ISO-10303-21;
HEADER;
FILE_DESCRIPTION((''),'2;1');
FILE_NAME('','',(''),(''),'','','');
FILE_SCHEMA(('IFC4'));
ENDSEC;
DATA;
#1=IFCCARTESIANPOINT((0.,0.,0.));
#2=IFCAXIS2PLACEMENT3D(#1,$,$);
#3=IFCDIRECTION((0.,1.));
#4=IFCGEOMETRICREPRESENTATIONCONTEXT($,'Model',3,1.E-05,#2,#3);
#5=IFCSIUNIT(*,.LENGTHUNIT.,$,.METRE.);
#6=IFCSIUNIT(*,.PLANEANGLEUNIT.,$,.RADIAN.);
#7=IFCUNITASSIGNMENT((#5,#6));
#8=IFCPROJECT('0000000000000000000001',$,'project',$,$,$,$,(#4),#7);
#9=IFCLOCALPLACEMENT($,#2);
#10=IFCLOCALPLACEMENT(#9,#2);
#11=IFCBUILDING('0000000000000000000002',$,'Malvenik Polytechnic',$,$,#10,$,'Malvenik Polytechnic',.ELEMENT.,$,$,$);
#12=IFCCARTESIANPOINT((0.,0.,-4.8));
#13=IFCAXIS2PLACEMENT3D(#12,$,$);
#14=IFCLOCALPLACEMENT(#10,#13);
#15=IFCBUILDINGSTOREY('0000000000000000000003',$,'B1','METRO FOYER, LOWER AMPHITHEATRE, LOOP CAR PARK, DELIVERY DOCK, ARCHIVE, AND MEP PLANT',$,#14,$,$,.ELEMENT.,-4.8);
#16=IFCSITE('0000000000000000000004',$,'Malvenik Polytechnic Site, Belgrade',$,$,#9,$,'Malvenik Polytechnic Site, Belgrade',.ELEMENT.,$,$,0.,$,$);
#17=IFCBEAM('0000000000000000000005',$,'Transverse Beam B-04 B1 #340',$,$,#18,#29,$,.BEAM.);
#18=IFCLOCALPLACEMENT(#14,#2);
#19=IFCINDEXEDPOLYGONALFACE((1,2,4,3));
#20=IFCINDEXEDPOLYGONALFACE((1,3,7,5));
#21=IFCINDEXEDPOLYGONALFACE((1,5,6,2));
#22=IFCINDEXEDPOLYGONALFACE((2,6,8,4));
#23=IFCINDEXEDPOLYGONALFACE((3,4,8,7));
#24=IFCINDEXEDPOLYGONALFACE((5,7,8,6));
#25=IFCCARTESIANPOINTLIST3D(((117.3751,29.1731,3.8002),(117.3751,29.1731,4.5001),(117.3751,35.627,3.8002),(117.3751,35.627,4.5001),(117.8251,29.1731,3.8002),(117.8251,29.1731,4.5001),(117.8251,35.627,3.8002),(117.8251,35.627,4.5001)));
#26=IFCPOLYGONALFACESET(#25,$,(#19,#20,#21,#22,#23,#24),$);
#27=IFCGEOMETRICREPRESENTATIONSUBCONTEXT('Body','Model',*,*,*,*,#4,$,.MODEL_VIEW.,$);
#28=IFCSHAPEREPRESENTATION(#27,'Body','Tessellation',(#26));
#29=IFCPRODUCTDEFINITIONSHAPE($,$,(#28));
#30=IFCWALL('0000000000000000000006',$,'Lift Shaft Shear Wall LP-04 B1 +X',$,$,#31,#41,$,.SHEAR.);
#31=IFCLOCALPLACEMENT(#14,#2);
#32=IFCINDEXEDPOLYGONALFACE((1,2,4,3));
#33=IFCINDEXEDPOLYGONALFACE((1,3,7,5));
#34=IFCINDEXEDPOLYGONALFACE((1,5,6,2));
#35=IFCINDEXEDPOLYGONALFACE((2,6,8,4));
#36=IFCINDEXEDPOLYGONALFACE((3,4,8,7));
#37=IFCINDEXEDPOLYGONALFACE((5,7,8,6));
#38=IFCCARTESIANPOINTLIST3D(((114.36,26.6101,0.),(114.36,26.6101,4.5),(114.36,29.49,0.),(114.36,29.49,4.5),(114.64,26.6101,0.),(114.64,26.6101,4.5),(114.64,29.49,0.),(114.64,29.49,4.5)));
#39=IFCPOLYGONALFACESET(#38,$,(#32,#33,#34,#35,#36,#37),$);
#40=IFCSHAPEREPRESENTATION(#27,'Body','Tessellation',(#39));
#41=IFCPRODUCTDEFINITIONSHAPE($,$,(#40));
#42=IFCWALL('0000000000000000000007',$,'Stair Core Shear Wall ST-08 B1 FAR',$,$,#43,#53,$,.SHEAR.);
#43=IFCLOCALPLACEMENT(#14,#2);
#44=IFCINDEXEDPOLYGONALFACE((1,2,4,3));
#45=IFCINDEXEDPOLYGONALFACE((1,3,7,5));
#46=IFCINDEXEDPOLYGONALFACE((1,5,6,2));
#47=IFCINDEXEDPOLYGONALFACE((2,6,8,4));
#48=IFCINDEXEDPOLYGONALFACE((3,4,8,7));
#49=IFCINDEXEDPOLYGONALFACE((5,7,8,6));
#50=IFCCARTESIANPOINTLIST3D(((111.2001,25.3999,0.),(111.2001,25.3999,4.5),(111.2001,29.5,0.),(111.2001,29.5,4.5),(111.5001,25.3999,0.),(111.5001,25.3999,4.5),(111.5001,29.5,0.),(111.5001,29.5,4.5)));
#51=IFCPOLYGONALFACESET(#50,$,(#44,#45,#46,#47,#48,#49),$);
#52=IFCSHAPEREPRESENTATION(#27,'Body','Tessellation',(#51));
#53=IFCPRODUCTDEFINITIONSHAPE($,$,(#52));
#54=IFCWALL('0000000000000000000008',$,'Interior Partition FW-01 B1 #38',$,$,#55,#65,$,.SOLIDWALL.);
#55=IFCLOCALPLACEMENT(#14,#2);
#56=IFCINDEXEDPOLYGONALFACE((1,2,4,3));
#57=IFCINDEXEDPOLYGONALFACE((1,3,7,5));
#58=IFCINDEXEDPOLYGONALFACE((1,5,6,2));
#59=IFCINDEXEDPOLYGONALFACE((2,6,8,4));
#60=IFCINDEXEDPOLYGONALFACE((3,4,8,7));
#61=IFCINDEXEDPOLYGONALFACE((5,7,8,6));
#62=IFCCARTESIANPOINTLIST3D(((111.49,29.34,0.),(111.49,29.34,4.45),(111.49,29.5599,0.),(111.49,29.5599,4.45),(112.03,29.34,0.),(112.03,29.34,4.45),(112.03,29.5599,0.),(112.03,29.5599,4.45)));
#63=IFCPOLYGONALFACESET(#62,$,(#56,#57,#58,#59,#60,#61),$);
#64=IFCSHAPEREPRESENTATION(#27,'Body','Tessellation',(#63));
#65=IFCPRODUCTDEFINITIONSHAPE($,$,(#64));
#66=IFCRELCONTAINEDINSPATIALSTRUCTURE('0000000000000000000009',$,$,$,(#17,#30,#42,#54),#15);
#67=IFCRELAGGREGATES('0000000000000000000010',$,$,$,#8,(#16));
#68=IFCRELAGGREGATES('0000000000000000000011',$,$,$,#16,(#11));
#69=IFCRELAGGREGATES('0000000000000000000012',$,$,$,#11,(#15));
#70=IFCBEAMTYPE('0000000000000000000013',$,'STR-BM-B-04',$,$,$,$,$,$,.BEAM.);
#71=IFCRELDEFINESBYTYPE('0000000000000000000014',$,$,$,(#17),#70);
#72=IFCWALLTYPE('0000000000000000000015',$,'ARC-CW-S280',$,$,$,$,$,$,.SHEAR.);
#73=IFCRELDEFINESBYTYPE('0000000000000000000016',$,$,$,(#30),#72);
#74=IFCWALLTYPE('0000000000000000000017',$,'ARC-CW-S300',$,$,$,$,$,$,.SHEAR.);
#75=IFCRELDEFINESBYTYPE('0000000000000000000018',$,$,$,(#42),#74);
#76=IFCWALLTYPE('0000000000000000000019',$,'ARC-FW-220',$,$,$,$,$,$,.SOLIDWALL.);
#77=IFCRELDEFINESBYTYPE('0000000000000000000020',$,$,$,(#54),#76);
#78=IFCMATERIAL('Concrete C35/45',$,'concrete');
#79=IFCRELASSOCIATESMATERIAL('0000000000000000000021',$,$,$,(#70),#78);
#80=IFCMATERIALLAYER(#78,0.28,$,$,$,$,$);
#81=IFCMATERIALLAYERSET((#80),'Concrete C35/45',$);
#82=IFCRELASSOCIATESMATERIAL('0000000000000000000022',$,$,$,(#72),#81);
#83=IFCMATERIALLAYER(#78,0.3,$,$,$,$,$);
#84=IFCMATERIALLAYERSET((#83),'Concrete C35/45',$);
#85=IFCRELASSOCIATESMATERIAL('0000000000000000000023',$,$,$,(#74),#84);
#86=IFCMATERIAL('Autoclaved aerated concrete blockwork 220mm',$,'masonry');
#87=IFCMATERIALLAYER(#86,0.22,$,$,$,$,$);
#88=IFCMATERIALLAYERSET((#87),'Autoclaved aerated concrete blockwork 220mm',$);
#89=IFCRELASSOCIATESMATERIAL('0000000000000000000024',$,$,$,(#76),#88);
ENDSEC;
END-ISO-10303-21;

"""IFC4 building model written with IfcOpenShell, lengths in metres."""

from ifc_helpers import new_model, si_unit, direction, frame, frame_2d, origin, origin_2d, place, context, subcontext, project, spatial, rectangle, extrude, material, layer, layer_set, material_profile, profile_set, type_object, element, save


model = new_model("IFC4")

# Units and contexts
model_context = context("Model", 3, precision=1e-05, world=origin(), true_north=direction((0.0, 1.0)))
body_context = subcontext(model_context, "Body", "Model", "MODEL_VIEW")
ifc_project = project(units=[si_unit("LENGTHUNIT", "METRE"), si_unit("PLANEANGLEUNIT", "RADIAN")], contexts=[model_context])

# Site, building, storey
site_placement = place(None, origin())
site = spatial("IfcSite", under=ifc_project, at=site_placement, Name="Malvenik Polytechnic Site, Belgrade", LongName="Malvenik Polytechnic Site, Belgrade", CompositionType="ELEMENT", RefElevation=0.0)
building_placement = place(site_placement, origin())
building = spatial("IfcBuilding", under=site, at=building_placement, Name="Malvenik Polytechnic", LongName="Malvenik Polytechnic", CompositionType="ELEMENT")
storey_placement = place(building_placement, frame((0.0, 0.0, -4.8)))
storey = spatial("IfcBuildingStorey", under=building, at=storey_placement, Name="B1", Description="METRO FOYER, LOWER AMPHITHEATRE, LOOP CAR PARK, DELIVERY DOCK, ARCHIVE, AND MEP PLANT", CompositionType="ELEMENT", Elevation=-4.8)

# Shared definitions
ifc_material_1 = material(Name="Concrete C35/45", Category="concrete")

# Beam
ifc_material_profile_1 = material_profile(ifc_material_1, rectangle(XDim=0.45, YDim=0.7, at=origin_2d()), Name="RC BM 450x700")
ifc_profile_set_1 = profile_set([ifc_material_profile_1], Name="Concrete C35/45")
beam_type_1 = type_object("IfcBeamType", Name="STR-BM-B-04", PredefinedType="BEAM", material=ifc_profile_set_1)
beam_placement = place(storey_placement, frame((117.6001, 29.1731, 4.1501), z_axis=(0.0, 1.0, 0.0), x_axis=(-1.0, 0.0, 0.0)))
element("IfcBeam", 1, at=beam_placement, inside=storey, type_object=beam_type_1, Name="Transverse Beam B-04 B1 #340", PredefinedType="BEAM", context=body_context, shape_type="SweptSolid", body=[
    extrude(rectangle(XDim=0.45, YDim=0.7, at=origin_2d()), origin(), (0.0, 0.0, 1.0), 6.4539),
])

# Shared definitions
ifc_layer_1 = layer(ifc_material_1, 0.28)
ifc_layer_set_1 = layer_set([ifc_layer_1], Name="Concrete C35/45")
wall_type_1 = type_object("IfcWallType", Name="ARC-CW-S280", PredefinedType="SHEAR", material=ifc_layer_set_1)

# Walls
wall_1_placement = place(storey_placement, frame((114.5, 29.49, 0.0), z_axis=(0.0, 0.0, 1.0), x_axis=(0.0, -1.0, 0.0)))
element("IfcWall", 2, at=wall_1_placement, inside=storey, type_object=wall_type_1, Name="Lift Shaft Shear Wall LP-04 B1 +X", PredefinedType="SHEAR", context=body_context, shape_type="SweptSolid", body=[
    extrude(rectangle(XDim=2.8799, YDim=0.28, at=frame_2d((1.4399, 0.0))), origin(), (0.0, 0.0, 1.0), 4.5),
])
ifc_layer_2 = layer(ifc_material_1, 0.3)
ifc_layer_set_2 = layer_set([ifc_layer_2], Name="Concrete C35/45")
wall_type_2 = type_object("IfcWallType", Name="ARC-CW-S300", PredefinedType="SHEAR", material=ifc_layer_set_2)
wall_2_placement = place(storey_placement, frame((111.3501, 29.5, 0.0), z_axis=(0.0, 0.0, 1.0), x_axis=(0.0, -1.0, 0.0)))
element("IfcWall", 3, at=wall_2_placement, inside=storey, type_object=wall_type_2, Name="Stair Core Shear Wall ST-08 B1 FAR", PredefinedType="SHEAR", context=body_context, shape_type="SweptSolid", body=[
    extrude(rectangle(XDim=4.1001, YDim=0.3, at=frame_2d((2.05, 0.0))), origin(), (0.0, 0.0, 1.0), 4.5),
])
ifc_material_2 = material(Name="Autoclaved aerated concrete blockwork 220mm", Category="masonry")
ifc_layer_3 = layer(ifc_material_2, 0.22)
ifc_layer_set_3 = layer_set([ifc_layer_3], Name="Autoclaved aerated concrete blockwork 220mm")
wall_type_3 = type_object("IfcWallType", Name="ARC-FW-220", PredefinedType="SOLIDWALL", material=ifc_layer_set_3)
wall_3_placement = place(storey_placement, frame((112.03, 29.45, 0.0), z_axis=(0.0, 0.0, 1.0), x_axis=(-1.0, 0.0, 0.0)))
element("IfcWall", 4, at=wall_3_placement, inside=storey, type_object=wall_type_3, Name="Interior Partition FW-01 B1 #38", PredefinedType="SOLIDWALL", context=body_context, shape_type="SweptSolid", body=[
    extrude(rectangle(XDim=0.54, YDim=0.22, at=frame_2d((0.27, 0.0))), origin(), (0.0, 0.0, 1.0), 4.45),
])

save(model, "model.ifc")
